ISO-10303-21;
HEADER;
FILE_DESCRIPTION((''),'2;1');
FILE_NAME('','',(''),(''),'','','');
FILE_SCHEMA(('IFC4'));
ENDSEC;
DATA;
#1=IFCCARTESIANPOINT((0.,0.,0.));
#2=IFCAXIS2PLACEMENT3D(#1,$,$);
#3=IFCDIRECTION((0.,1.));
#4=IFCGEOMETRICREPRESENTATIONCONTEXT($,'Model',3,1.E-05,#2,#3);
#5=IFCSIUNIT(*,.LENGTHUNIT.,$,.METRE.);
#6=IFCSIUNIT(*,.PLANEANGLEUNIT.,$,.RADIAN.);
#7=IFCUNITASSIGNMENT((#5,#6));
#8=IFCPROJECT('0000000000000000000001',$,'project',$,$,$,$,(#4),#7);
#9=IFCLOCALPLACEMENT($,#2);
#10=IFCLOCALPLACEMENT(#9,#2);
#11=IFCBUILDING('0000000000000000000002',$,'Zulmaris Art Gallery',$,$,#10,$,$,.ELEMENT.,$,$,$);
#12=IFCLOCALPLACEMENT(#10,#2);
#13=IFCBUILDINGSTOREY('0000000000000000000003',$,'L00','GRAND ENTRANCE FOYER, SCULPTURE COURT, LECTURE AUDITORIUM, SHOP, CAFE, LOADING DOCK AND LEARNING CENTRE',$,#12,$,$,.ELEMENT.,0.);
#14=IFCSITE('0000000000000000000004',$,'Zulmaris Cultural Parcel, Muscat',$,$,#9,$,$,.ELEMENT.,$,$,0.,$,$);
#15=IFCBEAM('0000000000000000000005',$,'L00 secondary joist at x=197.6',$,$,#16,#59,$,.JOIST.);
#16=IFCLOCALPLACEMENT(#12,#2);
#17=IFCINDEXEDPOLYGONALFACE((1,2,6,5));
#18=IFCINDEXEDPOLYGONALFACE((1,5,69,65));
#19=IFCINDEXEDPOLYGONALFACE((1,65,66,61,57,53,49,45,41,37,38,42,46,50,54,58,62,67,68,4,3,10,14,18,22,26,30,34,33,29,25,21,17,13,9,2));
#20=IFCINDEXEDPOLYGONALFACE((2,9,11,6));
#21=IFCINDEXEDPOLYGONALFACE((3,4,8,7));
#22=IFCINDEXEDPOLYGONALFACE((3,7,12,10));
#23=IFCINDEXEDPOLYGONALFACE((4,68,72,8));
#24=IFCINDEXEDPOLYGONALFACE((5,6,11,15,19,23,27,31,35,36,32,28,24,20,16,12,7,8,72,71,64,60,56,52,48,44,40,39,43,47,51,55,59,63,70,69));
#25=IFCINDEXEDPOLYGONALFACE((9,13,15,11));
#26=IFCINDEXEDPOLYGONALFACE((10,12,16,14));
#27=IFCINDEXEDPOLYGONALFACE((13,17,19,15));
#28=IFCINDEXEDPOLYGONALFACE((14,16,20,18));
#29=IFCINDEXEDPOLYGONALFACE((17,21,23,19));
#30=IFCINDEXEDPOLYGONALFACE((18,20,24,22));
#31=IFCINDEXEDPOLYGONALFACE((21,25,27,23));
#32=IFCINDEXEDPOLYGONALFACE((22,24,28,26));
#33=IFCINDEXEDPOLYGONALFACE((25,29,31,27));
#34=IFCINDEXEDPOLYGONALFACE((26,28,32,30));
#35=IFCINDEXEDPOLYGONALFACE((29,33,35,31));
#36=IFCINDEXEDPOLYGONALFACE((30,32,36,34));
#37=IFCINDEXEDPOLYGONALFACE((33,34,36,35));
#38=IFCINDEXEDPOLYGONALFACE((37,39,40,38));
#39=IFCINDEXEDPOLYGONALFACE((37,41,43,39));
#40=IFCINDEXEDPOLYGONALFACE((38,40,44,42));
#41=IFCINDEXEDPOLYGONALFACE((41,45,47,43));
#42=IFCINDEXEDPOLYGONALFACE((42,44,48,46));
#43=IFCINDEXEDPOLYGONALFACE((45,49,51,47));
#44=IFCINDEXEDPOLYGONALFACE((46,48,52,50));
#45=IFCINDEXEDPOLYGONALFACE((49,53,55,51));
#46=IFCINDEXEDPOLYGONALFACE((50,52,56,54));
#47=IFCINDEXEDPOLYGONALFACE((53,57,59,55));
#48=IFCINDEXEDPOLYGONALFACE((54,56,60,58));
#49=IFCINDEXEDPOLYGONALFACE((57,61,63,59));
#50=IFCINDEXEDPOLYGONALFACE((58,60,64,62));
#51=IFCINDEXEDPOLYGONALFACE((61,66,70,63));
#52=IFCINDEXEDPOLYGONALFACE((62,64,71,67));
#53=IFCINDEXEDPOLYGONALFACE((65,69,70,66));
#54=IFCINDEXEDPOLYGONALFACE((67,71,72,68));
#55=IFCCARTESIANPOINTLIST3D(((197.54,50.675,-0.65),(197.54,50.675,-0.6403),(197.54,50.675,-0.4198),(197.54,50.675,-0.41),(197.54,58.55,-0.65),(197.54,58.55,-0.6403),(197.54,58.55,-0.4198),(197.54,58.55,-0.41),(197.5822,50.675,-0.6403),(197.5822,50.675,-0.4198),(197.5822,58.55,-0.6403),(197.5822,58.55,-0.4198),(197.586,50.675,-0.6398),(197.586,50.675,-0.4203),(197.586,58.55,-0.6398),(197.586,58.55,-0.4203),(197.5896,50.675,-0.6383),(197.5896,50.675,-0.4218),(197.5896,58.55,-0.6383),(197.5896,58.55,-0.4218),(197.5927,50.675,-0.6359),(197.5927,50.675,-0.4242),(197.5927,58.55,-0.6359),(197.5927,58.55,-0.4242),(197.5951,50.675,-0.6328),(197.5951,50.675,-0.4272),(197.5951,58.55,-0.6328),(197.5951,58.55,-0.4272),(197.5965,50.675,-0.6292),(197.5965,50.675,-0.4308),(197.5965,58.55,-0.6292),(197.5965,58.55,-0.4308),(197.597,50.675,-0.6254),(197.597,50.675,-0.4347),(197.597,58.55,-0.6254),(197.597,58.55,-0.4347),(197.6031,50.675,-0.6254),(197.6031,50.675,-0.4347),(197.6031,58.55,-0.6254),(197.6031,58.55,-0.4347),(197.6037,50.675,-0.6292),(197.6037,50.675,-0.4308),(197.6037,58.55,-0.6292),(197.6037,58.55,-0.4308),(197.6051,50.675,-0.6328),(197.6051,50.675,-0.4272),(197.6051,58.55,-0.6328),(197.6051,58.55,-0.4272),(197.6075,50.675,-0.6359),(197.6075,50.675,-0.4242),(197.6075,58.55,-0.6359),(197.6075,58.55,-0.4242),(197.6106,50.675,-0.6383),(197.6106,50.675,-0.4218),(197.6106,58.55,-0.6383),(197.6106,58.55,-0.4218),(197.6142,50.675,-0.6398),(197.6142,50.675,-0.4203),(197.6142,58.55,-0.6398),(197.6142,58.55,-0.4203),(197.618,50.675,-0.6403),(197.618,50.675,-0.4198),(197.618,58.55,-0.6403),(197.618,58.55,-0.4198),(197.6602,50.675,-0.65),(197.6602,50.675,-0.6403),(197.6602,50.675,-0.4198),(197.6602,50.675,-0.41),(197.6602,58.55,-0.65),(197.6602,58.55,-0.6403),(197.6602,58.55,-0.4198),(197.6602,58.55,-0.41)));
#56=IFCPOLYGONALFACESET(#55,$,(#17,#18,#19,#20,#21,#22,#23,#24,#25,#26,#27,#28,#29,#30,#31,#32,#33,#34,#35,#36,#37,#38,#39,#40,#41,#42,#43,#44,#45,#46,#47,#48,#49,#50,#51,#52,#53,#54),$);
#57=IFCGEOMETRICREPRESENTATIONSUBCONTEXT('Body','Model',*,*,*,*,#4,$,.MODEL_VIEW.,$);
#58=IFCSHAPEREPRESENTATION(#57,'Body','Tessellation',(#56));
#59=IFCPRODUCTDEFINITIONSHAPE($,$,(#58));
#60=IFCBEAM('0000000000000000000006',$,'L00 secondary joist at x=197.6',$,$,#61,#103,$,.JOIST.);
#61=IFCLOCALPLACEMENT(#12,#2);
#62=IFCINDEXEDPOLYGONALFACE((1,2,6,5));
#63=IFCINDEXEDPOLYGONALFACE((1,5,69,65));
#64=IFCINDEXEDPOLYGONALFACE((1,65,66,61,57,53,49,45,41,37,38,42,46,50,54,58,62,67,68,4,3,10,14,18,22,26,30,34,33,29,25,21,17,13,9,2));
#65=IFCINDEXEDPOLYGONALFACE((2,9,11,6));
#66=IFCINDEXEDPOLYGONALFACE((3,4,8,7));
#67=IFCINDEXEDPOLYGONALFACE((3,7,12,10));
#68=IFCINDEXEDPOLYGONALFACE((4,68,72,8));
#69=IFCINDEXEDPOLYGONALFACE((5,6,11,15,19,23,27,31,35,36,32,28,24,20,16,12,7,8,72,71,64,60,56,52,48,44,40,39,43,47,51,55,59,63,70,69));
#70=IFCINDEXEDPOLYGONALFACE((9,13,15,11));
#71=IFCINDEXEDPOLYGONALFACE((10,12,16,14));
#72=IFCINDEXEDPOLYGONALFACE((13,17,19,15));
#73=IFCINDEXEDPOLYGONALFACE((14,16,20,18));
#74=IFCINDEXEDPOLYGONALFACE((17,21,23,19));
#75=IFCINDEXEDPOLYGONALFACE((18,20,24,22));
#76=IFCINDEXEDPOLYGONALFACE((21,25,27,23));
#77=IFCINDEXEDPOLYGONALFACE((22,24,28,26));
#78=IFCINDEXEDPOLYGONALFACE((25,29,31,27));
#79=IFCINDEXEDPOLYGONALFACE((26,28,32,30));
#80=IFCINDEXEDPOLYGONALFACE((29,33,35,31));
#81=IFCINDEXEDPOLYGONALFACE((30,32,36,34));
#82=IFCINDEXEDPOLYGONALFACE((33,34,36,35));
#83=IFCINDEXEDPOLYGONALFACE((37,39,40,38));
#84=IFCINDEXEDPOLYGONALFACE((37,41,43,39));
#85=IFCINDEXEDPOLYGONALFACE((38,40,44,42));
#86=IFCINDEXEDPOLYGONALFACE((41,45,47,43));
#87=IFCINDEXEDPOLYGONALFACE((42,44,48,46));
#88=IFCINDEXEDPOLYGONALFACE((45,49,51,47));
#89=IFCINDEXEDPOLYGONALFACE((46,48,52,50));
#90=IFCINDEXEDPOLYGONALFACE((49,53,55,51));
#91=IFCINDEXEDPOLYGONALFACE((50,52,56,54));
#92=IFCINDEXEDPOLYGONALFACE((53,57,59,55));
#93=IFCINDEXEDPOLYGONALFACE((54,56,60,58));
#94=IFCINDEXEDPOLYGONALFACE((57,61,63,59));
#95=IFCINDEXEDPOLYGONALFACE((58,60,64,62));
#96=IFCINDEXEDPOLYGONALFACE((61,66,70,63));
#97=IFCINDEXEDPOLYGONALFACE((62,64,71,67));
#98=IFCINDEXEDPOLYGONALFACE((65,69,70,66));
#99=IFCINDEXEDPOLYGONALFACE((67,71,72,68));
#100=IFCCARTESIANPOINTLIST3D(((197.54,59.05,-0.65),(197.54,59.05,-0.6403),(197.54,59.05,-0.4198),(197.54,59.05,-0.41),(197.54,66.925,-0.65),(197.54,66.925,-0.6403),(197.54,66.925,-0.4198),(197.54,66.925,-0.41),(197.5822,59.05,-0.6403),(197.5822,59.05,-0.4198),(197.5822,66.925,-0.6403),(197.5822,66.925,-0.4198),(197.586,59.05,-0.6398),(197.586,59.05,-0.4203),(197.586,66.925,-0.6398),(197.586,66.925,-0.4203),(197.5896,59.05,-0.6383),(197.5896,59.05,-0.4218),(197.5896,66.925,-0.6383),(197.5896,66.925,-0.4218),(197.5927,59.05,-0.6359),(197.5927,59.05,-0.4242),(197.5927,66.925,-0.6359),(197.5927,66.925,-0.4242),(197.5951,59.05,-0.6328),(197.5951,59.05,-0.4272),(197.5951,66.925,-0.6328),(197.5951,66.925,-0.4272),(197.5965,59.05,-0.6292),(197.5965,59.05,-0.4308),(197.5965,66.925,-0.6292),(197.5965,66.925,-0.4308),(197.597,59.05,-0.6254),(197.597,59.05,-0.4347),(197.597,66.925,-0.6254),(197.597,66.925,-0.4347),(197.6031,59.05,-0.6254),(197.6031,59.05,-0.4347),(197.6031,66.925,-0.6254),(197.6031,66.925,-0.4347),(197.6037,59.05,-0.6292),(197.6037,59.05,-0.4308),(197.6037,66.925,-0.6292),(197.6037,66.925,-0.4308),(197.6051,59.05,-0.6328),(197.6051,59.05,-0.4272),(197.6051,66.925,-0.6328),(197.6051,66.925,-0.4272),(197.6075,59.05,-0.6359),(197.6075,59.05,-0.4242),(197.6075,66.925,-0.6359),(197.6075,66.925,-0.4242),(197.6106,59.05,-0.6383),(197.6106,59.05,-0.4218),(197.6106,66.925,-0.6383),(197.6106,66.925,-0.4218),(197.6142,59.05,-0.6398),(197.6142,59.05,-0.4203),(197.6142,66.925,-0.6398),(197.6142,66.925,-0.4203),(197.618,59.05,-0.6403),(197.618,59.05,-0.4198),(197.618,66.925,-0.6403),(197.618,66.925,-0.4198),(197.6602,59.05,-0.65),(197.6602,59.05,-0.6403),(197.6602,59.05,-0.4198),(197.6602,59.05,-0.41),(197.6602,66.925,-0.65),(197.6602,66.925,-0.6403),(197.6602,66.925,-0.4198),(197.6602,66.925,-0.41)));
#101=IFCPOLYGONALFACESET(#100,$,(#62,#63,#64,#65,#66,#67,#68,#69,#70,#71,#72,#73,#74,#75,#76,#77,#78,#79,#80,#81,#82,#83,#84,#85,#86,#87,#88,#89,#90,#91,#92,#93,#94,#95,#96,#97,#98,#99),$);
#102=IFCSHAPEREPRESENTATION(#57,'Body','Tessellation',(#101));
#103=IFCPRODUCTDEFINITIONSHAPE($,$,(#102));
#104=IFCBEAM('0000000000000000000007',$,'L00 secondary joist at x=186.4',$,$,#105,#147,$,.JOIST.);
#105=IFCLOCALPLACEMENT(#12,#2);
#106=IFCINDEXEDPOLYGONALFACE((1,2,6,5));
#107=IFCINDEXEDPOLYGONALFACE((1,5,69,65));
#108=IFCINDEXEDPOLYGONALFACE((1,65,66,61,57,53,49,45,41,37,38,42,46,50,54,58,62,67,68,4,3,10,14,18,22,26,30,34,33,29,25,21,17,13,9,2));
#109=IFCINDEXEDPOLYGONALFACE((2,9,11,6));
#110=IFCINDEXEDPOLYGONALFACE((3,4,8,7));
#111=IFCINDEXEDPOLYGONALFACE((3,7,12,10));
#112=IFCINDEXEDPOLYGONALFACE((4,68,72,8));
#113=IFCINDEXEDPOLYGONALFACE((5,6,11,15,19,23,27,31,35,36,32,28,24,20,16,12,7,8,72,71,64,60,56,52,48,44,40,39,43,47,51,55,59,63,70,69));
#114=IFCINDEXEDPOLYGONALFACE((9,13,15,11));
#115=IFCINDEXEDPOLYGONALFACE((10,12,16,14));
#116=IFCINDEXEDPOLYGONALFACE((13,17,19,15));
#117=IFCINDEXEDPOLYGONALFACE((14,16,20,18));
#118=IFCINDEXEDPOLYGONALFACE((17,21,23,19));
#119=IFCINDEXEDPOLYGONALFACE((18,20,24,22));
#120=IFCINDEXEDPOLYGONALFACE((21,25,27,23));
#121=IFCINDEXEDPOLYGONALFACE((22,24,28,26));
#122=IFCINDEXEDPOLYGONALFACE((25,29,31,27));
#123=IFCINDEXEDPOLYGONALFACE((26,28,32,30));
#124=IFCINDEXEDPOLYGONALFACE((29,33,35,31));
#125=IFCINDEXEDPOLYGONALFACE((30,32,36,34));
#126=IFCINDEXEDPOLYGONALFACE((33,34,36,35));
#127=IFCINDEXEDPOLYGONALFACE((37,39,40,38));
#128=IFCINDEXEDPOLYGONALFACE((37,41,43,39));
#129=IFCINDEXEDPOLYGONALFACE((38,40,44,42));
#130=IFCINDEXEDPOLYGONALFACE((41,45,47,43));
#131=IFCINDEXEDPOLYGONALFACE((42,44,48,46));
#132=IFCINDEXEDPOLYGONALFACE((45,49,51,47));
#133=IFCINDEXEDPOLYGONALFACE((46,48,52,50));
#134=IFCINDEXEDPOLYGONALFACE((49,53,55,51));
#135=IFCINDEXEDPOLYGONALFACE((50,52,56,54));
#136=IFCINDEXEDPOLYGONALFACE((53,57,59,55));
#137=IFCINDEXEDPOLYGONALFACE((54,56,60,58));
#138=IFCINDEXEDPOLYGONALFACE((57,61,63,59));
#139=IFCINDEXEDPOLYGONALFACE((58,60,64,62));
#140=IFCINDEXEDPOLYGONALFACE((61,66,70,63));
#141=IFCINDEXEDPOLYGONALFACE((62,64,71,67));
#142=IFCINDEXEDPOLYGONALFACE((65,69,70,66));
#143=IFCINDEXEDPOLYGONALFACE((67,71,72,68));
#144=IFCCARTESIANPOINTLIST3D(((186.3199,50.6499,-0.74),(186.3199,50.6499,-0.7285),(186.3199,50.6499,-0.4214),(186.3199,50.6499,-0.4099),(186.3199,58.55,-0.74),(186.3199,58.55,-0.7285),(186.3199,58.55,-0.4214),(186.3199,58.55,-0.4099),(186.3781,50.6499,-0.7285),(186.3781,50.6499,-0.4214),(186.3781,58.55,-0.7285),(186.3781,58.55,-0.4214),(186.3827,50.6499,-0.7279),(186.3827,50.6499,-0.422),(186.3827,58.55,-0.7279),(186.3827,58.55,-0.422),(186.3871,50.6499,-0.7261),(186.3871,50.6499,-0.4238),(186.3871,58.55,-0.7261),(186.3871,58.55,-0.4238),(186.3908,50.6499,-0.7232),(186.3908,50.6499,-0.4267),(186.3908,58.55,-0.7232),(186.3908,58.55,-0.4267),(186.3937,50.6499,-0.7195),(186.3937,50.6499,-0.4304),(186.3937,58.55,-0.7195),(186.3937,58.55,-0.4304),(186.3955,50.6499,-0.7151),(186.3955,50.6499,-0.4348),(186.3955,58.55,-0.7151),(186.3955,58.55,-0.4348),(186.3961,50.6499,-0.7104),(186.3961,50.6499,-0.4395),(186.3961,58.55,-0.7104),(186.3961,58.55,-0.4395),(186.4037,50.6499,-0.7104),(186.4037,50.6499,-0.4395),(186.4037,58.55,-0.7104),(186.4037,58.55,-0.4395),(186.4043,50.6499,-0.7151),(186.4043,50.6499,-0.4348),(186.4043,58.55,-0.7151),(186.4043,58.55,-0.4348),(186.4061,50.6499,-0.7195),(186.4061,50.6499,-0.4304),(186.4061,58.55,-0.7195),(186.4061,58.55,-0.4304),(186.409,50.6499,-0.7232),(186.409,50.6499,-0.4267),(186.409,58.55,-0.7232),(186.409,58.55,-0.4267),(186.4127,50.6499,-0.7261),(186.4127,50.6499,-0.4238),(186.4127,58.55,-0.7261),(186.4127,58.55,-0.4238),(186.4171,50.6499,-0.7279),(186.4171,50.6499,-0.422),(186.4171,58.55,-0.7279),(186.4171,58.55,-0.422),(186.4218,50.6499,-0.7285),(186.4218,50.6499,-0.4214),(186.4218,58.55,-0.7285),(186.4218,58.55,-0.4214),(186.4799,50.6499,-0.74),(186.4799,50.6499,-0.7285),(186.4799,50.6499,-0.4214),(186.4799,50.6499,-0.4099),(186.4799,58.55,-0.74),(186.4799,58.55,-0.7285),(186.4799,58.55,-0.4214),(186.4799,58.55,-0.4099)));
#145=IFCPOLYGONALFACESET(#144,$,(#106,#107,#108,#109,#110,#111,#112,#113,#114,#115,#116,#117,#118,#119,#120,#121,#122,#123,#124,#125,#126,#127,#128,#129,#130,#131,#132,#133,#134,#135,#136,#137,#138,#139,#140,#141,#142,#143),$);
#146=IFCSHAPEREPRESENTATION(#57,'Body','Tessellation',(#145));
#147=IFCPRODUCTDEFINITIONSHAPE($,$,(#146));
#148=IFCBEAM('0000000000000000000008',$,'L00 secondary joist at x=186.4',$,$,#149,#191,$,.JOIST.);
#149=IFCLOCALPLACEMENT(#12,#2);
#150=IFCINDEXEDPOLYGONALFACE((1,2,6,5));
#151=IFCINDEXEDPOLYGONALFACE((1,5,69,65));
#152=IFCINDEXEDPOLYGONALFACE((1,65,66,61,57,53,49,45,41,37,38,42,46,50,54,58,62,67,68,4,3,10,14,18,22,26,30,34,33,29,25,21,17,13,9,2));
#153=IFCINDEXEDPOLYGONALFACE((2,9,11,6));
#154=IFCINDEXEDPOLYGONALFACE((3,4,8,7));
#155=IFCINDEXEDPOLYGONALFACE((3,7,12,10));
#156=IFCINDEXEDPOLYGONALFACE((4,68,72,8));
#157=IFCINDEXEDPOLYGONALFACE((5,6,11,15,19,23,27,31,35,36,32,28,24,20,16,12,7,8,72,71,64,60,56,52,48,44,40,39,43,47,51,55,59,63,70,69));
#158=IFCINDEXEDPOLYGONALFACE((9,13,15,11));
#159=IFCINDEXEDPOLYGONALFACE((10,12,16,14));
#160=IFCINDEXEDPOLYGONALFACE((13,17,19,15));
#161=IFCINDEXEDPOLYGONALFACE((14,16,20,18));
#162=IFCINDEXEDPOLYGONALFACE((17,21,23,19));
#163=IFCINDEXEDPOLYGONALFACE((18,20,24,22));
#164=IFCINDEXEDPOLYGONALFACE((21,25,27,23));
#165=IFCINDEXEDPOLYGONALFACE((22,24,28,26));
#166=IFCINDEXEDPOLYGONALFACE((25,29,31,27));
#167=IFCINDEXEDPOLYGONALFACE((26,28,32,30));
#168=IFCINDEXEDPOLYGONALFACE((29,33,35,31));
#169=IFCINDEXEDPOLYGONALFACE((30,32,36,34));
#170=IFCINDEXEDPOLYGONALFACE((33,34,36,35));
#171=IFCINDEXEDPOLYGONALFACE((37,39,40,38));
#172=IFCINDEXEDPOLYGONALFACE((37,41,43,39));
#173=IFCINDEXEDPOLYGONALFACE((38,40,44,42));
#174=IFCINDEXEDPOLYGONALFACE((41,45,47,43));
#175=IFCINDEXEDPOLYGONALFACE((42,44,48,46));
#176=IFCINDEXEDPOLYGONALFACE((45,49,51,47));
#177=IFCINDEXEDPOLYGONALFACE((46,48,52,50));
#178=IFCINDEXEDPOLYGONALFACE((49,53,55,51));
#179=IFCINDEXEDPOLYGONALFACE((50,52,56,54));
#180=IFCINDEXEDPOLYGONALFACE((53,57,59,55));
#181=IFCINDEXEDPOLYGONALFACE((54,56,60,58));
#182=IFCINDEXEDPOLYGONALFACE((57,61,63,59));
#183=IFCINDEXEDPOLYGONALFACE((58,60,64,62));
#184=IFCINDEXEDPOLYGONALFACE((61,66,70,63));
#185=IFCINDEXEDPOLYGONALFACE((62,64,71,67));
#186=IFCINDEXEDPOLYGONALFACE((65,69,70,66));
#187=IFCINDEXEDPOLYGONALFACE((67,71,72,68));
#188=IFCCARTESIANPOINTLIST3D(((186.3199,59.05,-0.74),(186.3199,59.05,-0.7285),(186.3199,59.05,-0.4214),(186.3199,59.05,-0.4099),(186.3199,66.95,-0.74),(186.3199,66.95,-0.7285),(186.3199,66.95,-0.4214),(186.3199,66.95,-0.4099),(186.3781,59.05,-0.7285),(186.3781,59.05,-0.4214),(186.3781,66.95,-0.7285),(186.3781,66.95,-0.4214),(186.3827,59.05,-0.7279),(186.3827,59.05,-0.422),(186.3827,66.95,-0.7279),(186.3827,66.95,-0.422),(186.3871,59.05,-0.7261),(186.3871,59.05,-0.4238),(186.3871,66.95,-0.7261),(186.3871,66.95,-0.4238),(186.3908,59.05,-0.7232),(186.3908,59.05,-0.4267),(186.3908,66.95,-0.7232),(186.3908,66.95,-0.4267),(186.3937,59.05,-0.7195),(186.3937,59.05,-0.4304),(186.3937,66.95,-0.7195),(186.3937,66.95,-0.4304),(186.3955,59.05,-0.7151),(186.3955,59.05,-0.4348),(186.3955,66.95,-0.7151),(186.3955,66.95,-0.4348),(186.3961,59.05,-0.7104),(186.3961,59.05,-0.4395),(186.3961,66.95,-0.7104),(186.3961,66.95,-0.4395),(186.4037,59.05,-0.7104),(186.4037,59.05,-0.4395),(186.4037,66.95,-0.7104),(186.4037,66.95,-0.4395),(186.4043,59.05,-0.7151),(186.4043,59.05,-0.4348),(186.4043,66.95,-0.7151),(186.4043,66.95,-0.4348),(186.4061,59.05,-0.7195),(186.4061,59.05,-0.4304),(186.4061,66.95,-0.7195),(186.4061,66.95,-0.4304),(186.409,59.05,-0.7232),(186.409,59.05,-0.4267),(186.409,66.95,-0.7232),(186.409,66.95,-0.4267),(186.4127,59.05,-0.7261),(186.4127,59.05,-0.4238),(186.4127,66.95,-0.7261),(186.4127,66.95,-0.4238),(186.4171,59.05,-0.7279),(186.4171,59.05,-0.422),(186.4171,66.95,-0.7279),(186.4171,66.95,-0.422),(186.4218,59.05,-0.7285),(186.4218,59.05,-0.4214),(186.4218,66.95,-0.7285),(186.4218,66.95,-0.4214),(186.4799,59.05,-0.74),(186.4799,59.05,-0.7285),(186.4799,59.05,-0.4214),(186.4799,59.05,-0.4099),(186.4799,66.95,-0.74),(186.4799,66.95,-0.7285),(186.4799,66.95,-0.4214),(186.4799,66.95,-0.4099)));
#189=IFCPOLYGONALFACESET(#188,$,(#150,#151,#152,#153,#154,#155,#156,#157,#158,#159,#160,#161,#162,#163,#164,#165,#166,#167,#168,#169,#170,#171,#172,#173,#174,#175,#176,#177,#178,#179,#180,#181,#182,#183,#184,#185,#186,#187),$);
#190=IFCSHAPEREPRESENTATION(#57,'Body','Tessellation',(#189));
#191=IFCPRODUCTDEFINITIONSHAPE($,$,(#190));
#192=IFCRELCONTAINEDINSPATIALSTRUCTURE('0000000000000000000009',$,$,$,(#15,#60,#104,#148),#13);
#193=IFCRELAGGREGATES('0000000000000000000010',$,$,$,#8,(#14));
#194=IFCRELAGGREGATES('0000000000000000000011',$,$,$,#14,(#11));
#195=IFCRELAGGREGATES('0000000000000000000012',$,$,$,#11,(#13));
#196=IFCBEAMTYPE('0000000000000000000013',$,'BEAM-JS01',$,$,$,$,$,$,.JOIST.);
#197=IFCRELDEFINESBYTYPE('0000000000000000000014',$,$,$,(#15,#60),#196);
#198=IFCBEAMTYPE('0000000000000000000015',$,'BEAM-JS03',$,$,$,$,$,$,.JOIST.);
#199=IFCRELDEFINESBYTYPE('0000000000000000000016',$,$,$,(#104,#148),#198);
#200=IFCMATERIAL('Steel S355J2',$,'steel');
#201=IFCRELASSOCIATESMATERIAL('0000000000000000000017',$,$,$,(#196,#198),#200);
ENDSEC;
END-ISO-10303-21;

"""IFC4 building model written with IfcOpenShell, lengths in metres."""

from ifc_helpers import new_model, si_unit, direction, frame, origin, origin_2d, place, context, subcontext, project, spatial, i_section, extrude, material, material_profile, profile_set, type_object, element, save


model = new_model("IFC4")

# Units and contexts
model_context = context("Model", 3, precision=1e-05, world=origin(), true_north=direction((0.0, 1.0)))
body_context = subcontext(model_context, "Body", "Model", "MODEL_VIEW")
ifc_project = project(units=[si_unit("LENGTHUNIT", "METRE"), si_unit("PLANEANGLEUNIT", "RADIAN")], contexts=[model_context])

# Site, building, storey
site_placement = place(None, origin())
site = spatial("IfcSite", under=ifc_project, at=site_placement, Name="Zulmaris Cultural Parcel, Muscat", CompositionType="ELEMENT", RefElevation=0.0)
building_placement = place(site_placement, origin())
building = spatial("IfcBuilding", under=site, at=building_placement, Name="Zulmaris Art Gallery", CompositionType="ELEMENT")
storey_placement = place(building_placement, origin())
storey = spatial("IfcBuildingStorey", under=building, at=storey_placement, Name="L00", Description="GRAND ENTRANCE FOYER, SCULPTURE COURT, LECTURE AUDITORIUM, SHOP, CAFE, LOADING DOCK AND LEARNING CENTRE", CompositionType="ELEMENT", Elevation=0.0)

# Beams
ifc_material_1 = material(Name="Steel S355J2", Category="steel")
ifc_material_profile_1 = material_profile(ifc_material_1, i_section(OverallWidth=0.1201, OverallDepth=0.24, WebThickness=0.0061, FlangeThickness=0.0098, FilletRadius=0.0149, at=origin_2d()), Name="IPE 240")
ifc_profile_set_1 = profile_set([ifc_material_profile_1], Name="Steel S355J2")
beam_type_1 = type_object("IfcBeamType", Name="BEAM-JS01", PredefinedType="JOIST", material=ifc_profile_set_1)
for number, where, z_axis, x_axis, name in (
    (1, (197.6001, 50.675, -0.53), (0.0, 1.0, 0.0), (-1.0, 0.0, 0.0), "L00 secondary joist at x=197.6"),
    (2, (197.6001, 59.05, -0.53), (0.0, 1.0, 0.0), (-1.0, 0.0, 0.0), "L00 secondary joist at x=197.6"),
):
    element("IfcBeam", number, at=place(storey_placement, frame(where, z_axis=z_axis, x_axis=x_axis)), inside=storey, type_object=beam_type_1, Name=name, PredefinedType="JOIST", context=body_context, shape_type="SweptSolid", body=[
        extrude(i_section(OverallWidth=0.1201, OverallDepth=0.24, WebThickness=0.0061, FlangeThickness=0.0098, FilletRadius=0.0149, at=origin_2d()), origin(), (0.0, 0.0, 1.0), 7.875),
    ])
ifc_material_profile_2 = material_profile(ifc_material_1, i_section(OverallWidth=0.1599, OverallDepth=0.3301, WebThickness=0.0076, FlangeThickness=0.0115, FilletRadius=0.0181, at=origin_2d()), Name="IPE 330")
ifc_profile_set_2 = profile_set([ifc_material_profile_2], Name="Steel S355J2")
beam_type_2 = type_object("IfcBeamType", Name="BEAM-JS03", PredefinedType="JOIST", material=ifc_profile_set_2)
beam_1_placement = place(storey_placement, frame((186.3999, 50.6499, -0.575), z_axis=(0.0, 1.0, 0.0), x_axis=(-1.0, 0.0, 0.0)))
element("IfcBeam", 3, at=beam_1_placement, inside=storey, type_object=beam_type_2, Name="L00 secondary joist at x=186.4", PredefinedType="JOIST", context=body_context, shape_type="SweptSolid", body=[
    extrude(i_section(OverallWidth=0.1599, OverallDepth=0.3301, WebThickness=0.0076, FlangeThickness=0.0115, FilletRadius=0.0181, at=origin_2d()), origin(), (0.0, 0.0, 1.0), 7.9001),
])
beam_2_placement = place(storey_placement, frame((186.3999, 59.05, -0.575), z_axis=(0.0, 1.0, 0.0), x_axis=(-1.0, 0.0, 0.0)))
element("IfcBeam", 4, at=beam_2_placement, inside=storey, type_object=beam_type_2, Name="L00 secondary joist at x=186.4", PredefinedType="JOIST", context=body_context, shape_type="SweptSolid", body=[
    extrude(i_section(OverallWidth=0.1599, OverallDepth=0.3301, WebThickness=0.0076, FlangeThickness=0.0115, FilletRadius=0.0181, at=origin_2d()), origin(), (0.0, 0.0, 1.0), 7.8999),
])

save(model, "model.ifc")
